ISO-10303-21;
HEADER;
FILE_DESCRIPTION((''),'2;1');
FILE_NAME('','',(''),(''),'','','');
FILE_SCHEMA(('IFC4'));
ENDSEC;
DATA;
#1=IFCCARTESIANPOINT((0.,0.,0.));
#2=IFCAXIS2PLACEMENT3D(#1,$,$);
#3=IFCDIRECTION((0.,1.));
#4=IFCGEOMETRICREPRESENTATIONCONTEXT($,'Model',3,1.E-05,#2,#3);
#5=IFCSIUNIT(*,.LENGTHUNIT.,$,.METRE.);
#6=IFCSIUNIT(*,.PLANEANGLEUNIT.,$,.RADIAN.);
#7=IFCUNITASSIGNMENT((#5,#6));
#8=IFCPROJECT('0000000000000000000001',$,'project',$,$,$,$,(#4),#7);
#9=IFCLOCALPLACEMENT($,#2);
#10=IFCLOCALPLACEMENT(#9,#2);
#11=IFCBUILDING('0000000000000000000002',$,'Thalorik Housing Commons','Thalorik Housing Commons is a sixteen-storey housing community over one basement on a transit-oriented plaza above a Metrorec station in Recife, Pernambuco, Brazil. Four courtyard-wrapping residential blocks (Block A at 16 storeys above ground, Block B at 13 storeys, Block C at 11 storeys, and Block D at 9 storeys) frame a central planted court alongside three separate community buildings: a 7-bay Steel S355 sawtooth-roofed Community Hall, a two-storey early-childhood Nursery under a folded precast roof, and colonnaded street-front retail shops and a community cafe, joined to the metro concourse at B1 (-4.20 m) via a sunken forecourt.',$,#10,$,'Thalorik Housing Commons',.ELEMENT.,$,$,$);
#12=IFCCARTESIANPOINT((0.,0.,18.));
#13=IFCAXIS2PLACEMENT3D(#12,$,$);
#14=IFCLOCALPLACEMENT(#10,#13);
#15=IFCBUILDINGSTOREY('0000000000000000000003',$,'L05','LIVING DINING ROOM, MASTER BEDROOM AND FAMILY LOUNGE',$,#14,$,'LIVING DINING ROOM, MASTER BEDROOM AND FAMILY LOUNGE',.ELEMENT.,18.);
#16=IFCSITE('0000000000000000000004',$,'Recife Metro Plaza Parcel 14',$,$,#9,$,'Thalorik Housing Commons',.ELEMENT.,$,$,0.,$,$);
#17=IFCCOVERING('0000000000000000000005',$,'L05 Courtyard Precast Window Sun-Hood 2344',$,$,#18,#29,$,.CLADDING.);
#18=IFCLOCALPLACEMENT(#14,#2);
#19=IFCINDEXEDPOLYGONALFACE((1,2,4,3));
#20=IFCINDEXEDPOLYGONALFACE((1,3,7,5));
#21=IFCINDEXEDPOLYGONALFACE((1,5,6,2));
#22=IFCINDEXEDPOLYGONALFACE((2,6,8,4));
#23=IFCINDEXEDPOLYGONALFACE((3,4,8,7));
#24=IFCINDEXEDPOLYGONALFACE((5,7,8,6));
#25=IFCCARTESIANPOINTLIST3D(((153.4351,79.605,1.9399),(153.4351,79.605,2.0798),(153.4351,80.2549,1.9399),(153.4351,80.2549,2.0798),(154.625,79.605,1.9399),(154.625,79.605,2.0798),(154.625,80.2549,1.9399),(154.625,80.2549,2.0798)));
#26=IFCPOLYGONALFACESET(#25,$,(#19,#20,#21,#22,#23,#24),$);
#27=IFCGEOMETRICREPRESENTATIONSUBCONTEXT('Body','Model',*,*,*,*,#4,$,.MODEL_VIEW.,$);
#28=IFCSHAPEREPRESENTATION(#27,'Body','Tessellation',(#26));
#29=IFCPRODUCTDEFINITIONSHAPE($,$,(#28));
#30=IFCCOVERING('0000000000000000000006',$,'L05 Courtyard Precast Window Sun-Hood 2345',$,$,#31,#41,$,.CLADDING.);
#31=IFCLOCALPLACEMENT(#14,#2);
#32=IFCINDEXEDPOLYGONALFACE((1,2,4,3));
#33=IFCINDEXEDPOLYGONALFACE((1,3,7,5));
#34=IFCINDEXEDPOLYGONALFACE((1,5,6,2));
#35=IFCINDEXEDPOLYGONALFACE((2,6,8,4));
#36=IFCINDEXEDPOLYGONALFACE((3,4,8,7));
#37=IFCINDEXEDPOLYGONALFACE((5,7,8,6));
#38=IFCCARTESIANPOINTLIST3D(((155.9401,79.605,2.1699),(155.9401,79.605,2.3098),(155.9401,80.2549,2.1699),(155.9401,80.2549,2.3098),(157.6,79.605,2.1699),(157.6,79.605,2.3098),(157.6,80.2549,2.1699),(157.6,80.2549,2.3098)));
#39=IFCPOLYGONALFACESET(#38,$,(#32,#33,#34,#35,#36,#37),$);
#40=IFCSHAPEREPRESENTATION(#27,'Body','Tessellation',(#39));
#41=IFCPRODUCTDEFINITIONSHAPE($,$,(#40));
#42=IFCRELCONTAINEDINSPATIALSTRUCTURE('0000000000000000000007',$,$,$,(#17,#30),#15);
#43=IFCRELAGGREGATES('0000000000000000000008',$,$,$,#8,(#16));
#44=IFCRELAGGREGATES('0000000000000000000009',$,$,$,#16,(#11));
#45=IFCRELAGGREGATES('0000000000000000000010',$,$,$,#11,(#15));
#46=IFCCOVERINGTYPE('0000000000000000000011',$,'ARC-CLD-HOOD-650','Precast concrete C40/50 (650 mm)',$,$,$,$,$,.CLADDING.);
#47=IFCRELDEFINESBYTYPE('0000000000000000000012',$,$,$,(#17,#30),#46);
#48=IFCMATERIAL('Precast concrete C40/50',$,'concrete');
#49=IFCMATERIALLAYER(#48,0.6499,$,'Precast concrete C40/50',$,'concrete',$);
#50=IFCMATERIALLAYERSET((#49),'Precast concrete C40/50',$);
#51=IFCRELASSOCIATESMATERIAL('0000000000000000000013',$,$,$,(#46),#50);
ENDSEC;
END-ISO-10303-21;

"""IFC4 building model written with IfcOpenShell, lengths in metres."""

from ifc_helpers import new_model, si_unit, direction, frame, origin, origin_2d, place, context, subcontext, project, spatial, rectangle, extrude, material, layer, layer_set, type_object, element, save


model = new_model("IFC4")

# Units and contexts
model_context = context("Model", 3, precision=1e-05, world=origin(), true_north=direction((0.0, 1.0)))
body_context = subcontext(model_context, "Body", "Model", "MODEL_VIEW")
ifc_project = project(units=[si_unit("LENGTHUNIT", "METRE"), si_unit("PLANEANGLEUNIT", "RADIAN")], contexts=[model_context])

# Site, building, storey
site_placement = place(None, origin())
site = spatial("IfcSite", under=ifc_project, at=site_placement, Name="Recife Metro Plaza Parcel 14", LongName="Thalorik Housing Commons", CompositionType="ELEMENT", RefElevation=0.0)
building_placement = place(site_placement, origin())
building = spatial("IfcBuilding", under=site, at=building_placement, Name="Thalorik Housing Commons", Description="Thalorik Housing Commons is a sixteen-storey housing community over one basement on a transit-oriented plaza above a Metrorec station in Recife, Pernambuco, Brazil. Four courtyard-wrapping residential blocks (Block A at 16 storeys above ground, Block B at 13 storeys, Block C at 11 storeys, and Block D at 9 storeys) frame a central planted court alongside three separate community buildings: a 7-bay Steel S355 sawtooth-roofed Community Hall, a two-storey early-childhood Nursery under a folded precast roof, and colonnaded street-front retail shops and a community cafe, joined to the metro concourse at B1 (-4.20 m) via a sunken forecourt.", LongName="Thalorik Housing Commons", CompositionType="ELEMENT")
storey_placement = place(building_placement, frame((0.0, 0.0, 18.0)))
storey = spatial("IfcBuildingStorey", under=building, at=storey_placement, Name="L05", Description="LIVING DINING ROOM, MASTER BEDROOM AND FAMILY LOUNGE", LongName="LIVING DINING ROOM, MASTER BEDROOM AND FAMILY LOUNGE", CompositionType="ELEMENT", Elevation=18.0)

# Shared definitions
ifc_material_1 = material(Name="Precast concrete C40/50", Category="concrete")

# Coverings
ifc_layer_1 = layer(ifc_material_1, 0.6499, Name="Precast concrete C40/50", Category="concrete")
ifc_layer_set_1 = layer_set([ifc_layer_1], Name="Precast concrete C40/50")
covering_type_1 = type_object("IfcCoveringType", Name="ARC-CLD-HOOD-650", Description="Precast concrete C40/50 (650 mm)", PredefinedType="CLADDING", material=ifc_layer_set_1)
covering_1_placement = place(storey_placement, frame((154.03, 79.9299, 1.9399), z_axis=(0.0, 0.0, 1.0), x_axis=(1.0, 0.0, 0.0)))
element("IfcCovering", 1, at=covering_1_placement, inside=storey, type_object=covering_type_1, Name="L05 Courtyard Precast Window Sun-Hood 2344", PredefinedType="CLADDING", context=body_context, shape_type="SweptSolid", body=[
    extrude(rectangle(XDim=1.1899, YDim=0.6499, at=origin_2d()), origin(), (0.0, 0.0, 1.0), 0.1399),
])
covering_2_placement = place(storey_placement, frame((156.77, 79.9299, 2.1699), z_axis=(0.0, 0.0, 1.0), x_axis=(1.0, 0.0, 0.0)))
element("IfcCovering", 2, at=covering_2_placement, inside=storey, type_object=covering_type_1, Name="L05 Courtyard Precast Window Sun-Hood 2345", PredefinedType="CLADDING", context=body_context, shape_type="SweptSolid", body=[
    extrude(rectangle(XDim=1.6599, YDim=0.6499, at=origin_2d()), origin(), (0.0, 0.0, 1.0), 0.1399),
])

save(model, "model.ifc")
